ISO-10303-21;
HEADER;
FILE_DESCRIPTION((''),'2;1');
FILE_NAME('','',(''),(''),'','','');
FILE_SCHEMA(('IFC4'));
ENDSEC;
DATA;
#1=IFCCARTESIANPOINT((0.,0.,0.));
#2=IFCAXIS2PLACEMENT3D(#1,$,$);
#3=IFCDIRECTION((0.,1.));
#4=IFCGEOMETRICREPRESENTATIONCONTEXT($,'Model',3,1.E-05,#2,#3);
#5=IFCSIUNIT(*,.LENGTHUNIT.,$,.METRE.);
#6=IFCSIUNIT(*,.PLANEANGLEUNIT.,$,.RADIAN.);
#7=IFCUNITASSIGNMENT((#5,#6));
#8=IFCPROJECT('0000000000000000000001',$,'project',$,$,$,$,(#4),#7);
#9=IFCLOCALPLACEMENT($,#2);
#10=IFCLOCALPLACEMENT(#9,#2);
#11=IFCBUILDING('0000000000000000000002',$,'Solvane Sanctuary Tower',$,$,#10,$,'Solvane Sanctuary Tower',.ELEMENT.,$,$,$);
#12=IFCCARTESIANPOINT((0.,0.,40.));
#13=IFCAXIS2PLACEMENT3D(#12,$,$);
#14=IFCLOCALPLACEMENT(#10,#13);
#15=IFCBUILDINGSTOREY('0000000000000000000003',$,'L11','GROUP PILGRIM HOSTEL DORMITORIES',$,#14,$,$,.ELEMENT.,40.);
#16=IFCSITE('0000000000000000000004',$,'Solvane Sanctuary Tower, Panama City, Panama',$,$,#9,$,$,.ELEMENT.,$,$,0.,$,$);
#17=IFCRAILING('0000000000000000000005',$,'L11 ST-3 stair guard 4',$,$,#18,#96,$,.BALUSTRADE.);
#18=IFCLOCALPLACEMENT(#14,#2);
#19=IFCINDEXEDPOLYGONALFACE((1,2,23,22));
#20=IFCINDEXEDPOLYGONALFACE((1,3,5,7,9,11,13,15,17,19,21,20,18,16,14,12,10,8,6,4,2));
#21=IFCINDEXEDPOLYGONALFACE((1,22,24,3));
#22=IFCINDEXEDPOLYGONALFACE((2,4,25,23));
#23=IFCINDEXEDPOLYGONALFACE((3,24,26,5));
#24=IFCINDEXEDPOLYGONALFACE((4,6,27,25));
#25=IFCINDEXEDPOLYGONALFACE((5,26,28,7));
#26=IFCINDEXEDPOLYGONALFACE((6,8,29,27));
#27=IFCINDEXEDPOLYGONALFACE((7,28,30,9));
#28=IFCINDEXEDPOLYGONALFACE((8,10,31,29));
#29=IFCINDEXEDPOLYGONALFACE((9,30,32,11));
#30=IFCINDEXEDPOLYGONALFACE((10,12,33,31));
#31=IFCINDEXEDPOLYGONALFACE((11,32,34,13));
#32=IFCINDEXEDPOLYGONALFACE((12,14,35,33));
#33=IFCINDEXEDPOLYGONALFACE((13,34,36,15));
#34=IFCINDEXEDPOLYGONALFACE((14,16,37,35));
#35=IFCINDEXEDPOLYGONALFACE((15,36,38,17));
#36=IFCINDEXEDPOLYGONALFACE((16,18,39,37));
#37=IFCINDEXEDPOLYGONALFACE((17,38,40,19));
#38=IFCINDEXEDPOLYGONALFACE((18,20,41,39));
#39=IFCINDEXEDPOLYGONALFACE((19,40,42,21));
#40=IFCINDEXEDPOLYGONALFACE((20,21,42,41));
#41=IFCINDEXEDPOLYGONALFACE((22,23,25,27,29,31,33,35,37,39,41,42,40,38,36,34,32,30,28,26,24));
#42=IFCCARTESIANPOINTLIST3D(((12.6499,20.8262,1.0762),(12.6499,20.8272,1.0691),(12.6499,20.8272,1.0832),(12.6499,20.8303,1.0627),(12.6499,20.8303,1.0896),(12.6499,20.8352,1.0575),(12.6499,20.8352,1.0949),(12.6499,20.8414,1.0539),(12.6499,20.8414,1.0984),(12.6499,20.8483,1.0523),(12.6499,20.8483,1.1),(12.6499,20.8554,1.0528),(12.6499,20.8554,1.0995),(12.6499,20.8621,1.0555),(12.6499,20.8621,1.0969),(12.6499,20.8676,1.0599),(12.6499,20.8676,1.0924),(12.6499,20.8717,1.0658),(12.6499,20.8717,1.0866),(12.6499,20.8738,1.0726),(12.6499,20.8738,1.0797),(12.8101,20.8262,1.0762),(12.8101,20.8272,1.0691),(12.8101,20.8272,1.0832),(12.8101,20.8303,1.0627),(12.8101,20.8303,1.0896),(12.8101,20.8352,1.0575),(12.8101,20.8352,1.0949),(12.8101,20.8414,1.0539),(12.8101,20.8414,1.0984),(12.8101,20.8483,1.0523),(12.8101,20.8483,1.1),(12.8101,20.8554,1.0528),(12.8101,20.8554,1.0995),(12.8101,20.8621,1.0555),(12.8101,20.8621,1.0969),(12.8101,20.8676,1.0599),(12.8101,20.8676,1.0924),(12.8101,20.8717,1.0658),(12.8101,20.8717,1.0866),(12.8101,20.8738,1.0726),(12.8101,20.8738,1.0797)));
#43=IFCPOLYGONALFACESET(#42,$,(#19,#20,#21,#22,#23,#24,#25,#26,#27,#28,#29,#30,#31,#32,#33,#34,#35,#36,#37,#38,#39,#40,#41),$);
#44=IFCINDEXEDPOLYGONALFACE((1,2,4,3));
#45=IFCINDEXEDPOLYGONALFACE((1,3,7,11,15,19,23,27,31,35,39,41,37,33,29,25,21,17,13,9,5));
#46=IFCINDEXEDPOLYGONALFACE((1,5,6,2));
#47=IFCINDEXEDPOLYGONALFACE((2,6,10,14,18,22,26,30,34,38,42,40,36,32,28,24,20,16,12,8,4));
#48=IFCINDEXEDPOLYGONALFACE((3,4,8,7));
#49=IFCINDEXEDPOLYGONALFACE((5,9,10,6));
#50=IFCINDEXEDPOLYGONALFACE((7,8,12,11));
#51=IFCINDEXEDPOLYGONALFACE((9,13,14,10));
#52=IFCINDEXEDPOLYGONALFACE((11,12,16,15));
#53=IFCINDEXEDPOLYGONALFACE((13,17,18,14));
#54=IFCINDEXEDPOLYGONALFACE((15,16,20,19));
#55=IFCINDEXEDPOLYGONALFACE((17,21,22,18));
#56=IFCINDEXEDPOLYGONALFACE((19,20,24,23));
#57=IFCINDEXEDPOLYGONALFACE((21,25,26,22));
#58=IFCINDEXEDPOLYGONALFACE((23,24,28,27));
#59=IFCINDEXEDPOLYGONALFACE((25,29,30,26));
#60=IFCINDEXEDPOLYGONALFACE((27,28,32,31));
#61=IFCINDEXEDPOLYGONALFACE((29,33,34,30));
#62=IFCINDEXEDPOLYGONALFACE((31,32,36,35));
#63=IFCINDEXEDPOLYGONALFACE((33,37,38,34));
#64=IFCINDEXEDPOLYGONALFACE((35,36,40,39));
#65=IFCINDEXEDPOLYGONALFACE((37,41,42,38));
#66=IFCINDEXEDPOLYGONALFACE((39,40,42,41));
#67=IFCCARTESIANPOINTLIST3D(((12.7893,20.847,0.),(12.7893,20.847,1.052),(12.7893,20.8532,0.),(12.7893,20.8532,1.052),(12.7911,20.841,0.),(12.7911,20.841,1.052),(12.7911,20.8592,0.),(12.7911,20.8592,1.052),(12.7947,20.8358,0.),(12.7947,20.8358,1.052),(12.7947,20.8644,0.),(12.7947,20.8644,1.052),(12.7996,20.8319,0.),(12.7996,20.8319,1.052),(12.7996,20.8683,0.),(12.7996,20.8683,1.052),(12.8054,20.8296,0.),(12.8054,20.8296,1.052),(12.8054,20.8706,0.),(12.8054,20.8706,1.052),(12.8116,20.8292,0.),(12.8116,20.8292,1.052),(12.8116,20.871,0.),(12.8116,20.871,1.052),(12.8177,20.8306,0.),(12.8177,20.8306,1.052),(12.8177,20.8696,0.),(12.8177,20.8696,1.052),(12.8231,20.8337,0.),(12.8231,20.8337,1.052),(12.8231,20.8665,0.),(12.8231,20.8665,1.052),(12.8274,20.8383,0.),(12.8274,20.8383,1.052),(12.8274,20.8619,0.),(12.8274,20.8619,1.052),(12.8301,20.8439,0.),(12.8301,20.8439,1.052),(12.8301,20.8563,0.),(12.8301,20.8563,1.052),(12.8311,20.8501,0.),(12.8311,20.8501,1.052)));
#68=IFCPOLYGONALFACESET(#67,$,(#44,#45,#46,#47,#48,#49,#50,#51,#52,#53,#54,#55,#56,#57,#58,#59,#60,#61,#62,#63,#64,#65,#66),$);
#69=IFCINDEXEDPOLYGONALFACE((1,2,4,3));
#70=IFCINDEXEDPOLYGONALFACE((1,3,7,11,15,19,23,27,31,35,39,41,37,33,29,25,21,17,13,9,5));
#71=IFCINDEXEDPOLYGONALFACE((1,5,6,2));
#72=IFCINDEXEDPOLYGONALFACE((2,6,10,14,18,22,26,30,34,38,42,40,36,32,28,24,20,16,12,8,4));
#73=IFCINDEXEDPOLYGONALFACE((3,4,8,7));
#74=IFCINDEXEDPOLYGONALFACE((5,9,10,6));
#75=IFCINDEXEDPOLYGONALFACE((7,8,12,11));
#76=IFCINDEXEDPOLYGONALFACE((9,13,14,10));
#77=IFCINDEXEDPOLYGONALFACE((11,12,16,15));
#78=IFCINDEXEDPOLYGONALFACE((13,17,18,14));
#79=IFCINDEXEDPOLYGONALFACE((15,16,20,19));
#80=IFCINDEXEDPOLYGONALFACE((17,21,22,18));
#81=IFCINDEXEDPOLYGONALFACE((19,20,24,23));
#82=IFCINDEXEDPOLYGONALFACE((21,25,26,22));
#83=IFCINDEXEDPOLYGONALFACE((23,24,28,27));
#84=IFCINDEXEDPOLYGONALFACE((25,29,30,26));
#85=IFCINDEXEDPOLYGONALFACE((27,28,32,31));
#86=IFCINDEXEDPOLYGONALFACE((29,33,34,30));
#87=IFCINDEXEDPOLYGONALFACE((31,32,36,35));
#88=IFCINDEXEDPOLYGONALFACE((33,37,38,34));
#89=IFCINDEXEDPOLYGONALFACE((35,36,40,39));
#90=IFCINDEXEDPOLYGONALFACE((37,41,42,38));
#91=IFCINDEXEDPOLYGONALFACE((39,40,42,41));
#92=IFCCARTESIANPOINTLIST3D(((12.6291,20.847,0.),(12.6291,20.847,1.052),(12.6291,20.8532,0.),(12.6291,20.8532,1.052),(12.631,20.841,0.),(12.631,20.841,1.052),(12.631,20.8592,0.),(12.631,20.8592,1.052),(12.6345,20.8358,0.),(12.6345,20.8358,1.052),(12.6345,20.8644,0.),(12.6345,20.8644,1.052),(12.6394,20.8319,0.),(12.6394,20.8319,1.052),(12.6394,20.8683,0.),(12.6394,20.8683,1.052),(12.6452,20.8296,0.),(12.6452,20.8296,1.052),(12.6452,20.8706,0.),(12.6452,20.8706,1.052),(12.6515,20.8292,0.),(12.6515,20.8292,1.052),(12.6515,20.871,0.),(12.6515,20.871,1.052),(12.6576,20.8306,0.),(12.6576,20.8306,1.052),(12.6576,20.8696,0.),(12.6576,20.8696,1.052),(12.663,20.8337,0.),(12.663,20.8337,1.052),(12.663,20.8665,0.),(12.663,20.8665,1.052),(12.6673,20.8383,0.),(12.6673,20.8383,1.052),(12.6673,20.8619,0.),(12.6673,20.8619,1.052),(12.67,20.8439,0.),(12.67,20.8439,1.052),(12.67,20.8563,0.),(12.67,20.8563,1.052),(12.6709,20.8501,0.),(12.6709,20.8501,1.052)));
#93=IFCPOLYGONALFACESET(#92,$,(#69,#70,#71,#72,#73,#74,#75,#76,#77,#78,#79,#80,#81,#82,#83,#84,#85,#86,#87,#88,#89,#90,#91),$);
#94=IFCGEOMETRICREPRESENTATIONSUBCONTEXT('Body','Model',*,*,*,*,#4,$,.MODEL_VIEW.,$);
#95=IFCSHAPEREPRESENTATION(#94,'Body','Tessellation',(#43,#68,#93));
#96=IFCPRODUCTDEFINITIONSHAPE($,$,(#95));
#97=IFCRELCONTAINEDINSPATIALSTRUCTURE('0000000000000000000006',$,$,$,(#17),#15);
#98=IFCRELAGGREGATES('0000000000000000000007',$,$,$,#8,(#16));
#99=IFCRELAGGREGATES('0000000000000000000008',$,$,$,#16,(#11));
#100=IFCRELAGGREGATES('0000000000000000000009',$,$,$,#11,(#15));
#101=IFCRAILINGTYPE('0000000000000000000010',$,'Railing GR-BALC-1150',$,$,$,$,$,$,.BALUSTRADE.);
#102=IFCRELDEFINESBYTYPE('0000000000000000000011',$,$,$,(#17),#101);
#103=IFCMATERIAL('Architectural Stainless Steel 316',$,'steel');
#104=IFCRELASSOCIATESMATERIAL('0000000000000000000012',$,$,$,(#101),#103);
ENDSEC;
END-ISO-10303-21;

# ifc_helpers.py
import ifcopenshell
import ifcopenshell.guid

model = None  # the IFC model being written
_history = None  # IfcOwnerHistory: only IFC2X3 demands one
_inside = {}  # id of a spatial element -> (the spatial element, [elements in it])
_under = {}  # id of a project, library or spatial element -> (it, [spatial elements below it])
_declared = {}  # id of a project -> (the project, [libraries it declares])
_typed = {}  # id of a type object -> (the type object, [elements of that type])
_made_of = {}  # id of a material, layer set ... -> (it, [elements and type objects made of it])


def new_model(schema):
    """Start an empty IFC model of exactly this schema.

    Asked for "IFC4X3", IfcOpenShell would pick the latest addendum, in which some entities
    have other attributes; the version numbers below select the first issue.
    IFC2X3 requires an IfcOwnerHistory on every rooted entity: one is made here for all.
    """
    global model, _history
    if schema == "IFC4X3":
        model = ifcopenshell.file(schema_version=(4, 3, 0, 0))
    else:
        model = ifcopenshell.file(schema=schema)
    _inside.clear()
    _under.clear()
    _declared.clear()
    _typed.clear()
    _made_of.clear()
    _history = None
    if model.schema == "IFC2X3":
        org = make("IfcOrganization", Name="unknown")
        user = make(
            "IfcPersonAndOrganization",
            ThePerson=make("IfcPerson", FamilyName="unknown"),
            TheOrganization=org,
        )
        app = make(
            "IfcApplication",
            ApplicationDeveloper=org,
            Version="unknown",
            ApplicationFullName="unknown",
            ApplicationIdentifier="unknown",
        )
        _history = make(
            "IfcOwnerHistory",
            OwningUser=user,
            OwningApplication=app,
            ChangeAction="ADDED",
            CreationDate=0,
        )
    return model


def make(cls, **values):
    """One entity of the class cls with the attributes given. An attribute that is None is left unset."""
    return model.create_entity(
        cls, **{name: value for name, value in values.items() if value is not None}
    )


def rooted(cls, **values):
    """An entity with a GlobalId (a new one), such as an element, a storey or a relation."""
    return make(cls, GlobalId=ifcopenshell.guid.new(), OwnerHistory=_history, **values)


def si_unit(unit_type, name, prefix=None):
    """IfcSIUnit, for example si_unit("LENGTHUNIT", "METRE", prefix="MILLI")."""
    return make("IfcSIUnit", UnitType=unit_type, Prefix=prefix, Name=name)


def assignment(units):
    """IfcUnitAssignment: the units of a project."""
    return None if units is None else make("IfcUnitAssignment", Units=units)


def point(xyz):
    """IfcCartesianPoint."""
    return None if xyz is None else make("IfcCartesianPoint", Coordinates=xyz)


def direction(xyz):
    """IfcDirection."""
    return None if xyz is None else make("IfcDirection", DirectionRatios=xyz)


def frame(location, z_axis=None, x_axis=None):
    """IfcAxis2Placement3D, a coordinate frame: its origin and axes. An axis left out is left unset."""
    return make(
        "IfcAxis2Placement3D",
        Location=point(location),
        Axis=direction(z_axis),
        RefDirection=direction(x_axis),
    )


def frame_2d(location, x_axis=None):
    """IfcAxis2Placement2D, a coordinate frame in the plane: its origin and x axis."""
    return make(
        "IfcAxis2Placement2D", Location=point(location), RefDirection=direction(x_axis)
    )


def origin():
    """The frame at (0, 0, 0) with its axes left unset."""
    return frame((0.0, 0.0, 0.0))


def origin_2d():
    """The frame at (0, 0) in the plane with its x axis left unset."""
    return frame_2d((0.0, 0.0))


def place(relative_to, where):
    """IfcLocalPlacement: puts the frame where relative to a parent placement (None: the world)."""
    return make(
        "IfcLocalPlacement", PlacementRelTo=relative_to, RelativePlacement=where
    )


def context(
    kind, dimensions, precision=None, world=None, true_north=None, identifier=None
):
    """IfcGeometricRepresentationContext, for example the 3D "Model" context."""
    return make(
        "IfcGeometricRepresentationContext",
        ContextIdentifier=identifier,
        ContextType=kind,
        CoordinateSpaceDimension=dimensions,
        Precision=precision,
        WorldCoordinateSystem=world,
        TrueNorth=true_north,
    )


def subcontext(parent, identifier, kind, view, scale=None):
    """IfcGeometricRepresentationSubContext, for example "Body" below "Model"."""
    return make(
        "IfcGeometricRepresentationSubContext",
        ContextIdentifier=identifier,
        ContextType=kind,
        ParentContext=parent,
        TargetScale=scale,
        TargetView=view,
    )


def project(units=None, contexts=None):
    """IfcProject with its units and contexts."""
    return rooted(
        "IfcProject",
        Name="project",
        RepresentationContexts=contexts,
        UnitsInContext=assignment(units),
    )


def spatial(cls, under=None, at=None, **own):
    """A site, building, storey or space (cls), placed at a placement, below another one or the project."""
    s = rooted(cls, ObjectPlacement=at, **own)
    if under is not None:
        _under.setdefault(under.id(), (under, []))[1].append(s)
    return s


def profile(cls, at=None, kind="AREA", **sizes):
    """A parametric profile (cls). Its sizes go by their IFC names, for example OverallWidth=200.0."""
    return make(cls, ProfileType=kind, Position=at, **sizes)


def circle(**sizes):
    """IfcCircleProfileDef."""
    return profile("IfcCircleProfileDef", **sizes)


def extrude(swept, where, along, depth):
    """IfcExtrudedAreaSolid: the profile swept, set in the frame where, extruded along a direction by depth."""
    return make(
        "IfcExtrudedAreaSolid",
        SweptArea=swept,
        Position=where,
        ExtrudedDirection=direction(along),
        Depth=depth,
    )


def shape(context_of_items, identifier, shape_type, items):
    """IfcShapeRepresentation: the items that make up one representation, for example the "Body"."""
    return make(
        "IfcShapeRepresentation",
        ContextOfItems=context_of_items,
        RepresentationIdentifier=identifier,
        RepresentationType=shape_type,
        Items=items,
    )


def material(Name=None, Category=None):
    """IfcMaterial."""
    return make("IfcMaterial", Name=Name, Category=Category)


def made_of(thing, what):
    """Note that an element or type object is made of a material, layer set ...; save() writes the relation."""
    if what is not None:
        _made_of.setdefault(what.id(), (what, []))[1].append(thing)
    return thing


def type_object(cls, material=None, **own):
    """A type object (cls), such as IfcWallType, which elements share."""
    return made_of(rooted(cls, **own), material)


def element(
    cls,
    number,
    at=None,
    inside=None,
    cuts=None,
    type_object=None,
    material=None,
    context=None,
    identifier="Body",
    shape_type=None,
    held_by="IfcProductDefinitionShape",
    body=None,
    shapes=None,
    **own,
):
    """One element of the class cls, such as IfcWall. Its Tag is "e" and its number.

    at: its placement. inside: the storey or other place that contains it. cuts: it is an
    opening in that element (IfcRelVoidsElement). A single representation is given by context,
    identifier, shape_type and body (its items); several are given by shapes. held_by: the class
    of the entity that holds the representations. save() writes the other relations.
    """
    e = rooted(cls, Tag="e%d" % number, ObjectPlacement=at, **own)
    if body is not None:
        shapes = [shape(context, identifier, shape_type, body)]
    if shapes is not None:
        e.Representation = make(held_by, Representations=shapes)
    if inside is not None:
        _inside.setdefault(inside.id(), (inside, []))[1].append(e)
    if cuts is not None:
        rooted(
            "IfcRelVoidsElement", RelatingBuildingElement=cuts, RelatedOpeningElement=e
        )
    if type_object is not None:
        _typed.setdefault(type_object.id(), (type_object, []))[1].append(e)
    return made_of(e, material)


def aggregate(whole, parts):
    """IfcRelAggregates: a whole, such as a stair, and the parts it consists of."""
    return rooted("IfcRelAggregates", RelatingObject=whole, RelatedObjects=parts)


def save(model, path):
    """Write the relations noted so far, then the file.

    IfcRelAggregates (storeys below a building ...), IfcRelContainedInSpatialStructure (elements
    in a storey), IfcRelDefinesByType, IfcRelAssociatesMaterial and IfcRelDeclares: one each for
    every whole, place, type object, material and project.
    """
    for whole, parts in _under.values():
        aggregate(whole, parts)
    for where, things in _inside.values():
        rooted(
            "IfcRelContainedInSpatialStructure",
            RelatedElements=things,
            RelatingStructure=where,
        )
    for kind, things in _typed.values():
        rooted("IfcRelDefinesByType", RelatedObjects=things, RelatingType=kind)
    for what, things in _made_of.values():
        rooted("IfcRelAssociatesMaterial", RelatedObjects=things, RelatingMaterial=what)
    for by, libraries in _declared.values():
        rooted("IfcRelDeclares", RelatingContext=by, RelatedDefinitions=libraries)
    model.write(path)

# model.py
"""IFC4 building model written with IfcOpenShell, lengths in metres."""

from ifc_helpers import new_model, si_unit, direction, frame, origin, origin_2d, place, context, subcontext, project, spatial, circle, extrude, material, type_object, element, save


model = new_model("IFC4")

# Units and contexts
model_context = context("Model", 3, precision=1e-05, world=origin(), true_north=direction((0.0, 1.0)))
body_context = subcontext(model_context, "Body", "Model", "MODEL_VIEW")
ifc_project = project(units=[si_unit("LENGTHUNIT", "METRE"), si_unit("PLANEANGLEUNIT", "RADIAN")], contexts=[model_context])

# Site, building, storey
site_placement = place(None, origin())
site = spatial("IfcSite", under=ifc_project, at=site_placement, Name="Solvane Sanctuary Tower, Panama City, Panama", CompositionType="ELEMENT", RefElevation=0.0)
building_placement = place(site_placement, origin())
building = spatial("IfcBuilding", under=site, at=building_placement, Name="Solvane Sanctuary Tower", LongName="Solvane Sanctuary Tower", CompositionType="ELEMENT")
storey_placement = place(building_placement, frame((0.0, 0.0, 40.0)))
storey = spatial("IfcBuildingStorey", under=building, at=storey_placement, Name="L11", Description="GROUP PILGRIM HOSTEL DORMITORIES", CompositionType="ELEMENT", Elevation=40.0)

# Railing
ifc_material_1 = material(Name="Architectural Stainless Steel 316", Category="steel")
railing_type_1 = type_object("IfcRailingType", Name="Railing GR-BALC-1150", PredefinedType="BALUSTRADE", material=ifc_material_1)
railing_1_placement = place(storey_placement, frame((12.8101, 20.8501, 0.0)))
element("IfcRailing", 1, at=railing_1_placement, inside=storey, type_object=railing_type_1, Name="L11 ST-3 stair guard 4", PredefinedType="BALUSTRADE", context=body_context, shape_type="SweptSolid", body=[
    extrude(circle(Radius=0.0239, at=origin_2d()), frame((0.0, 0.0, 1.0762), z_axis=(-1.0, 0.0, 0.0), x_axis=(0.0, -1.0, 0.0)), (0.0, 0.0, 1.0), 0.1602),
    extrude(circle(Radius=0.021, at=origin_2d()), origin(), (0.0, 0.0, 1.0), 1.052),
    extrude(circle(Radius=0.021, at=origin_2d()), frame((-0.1602, 0.0, 0.0)), (0.0, 0.0, 1.0), 1.052),
])

save(model, "model.ifc")
